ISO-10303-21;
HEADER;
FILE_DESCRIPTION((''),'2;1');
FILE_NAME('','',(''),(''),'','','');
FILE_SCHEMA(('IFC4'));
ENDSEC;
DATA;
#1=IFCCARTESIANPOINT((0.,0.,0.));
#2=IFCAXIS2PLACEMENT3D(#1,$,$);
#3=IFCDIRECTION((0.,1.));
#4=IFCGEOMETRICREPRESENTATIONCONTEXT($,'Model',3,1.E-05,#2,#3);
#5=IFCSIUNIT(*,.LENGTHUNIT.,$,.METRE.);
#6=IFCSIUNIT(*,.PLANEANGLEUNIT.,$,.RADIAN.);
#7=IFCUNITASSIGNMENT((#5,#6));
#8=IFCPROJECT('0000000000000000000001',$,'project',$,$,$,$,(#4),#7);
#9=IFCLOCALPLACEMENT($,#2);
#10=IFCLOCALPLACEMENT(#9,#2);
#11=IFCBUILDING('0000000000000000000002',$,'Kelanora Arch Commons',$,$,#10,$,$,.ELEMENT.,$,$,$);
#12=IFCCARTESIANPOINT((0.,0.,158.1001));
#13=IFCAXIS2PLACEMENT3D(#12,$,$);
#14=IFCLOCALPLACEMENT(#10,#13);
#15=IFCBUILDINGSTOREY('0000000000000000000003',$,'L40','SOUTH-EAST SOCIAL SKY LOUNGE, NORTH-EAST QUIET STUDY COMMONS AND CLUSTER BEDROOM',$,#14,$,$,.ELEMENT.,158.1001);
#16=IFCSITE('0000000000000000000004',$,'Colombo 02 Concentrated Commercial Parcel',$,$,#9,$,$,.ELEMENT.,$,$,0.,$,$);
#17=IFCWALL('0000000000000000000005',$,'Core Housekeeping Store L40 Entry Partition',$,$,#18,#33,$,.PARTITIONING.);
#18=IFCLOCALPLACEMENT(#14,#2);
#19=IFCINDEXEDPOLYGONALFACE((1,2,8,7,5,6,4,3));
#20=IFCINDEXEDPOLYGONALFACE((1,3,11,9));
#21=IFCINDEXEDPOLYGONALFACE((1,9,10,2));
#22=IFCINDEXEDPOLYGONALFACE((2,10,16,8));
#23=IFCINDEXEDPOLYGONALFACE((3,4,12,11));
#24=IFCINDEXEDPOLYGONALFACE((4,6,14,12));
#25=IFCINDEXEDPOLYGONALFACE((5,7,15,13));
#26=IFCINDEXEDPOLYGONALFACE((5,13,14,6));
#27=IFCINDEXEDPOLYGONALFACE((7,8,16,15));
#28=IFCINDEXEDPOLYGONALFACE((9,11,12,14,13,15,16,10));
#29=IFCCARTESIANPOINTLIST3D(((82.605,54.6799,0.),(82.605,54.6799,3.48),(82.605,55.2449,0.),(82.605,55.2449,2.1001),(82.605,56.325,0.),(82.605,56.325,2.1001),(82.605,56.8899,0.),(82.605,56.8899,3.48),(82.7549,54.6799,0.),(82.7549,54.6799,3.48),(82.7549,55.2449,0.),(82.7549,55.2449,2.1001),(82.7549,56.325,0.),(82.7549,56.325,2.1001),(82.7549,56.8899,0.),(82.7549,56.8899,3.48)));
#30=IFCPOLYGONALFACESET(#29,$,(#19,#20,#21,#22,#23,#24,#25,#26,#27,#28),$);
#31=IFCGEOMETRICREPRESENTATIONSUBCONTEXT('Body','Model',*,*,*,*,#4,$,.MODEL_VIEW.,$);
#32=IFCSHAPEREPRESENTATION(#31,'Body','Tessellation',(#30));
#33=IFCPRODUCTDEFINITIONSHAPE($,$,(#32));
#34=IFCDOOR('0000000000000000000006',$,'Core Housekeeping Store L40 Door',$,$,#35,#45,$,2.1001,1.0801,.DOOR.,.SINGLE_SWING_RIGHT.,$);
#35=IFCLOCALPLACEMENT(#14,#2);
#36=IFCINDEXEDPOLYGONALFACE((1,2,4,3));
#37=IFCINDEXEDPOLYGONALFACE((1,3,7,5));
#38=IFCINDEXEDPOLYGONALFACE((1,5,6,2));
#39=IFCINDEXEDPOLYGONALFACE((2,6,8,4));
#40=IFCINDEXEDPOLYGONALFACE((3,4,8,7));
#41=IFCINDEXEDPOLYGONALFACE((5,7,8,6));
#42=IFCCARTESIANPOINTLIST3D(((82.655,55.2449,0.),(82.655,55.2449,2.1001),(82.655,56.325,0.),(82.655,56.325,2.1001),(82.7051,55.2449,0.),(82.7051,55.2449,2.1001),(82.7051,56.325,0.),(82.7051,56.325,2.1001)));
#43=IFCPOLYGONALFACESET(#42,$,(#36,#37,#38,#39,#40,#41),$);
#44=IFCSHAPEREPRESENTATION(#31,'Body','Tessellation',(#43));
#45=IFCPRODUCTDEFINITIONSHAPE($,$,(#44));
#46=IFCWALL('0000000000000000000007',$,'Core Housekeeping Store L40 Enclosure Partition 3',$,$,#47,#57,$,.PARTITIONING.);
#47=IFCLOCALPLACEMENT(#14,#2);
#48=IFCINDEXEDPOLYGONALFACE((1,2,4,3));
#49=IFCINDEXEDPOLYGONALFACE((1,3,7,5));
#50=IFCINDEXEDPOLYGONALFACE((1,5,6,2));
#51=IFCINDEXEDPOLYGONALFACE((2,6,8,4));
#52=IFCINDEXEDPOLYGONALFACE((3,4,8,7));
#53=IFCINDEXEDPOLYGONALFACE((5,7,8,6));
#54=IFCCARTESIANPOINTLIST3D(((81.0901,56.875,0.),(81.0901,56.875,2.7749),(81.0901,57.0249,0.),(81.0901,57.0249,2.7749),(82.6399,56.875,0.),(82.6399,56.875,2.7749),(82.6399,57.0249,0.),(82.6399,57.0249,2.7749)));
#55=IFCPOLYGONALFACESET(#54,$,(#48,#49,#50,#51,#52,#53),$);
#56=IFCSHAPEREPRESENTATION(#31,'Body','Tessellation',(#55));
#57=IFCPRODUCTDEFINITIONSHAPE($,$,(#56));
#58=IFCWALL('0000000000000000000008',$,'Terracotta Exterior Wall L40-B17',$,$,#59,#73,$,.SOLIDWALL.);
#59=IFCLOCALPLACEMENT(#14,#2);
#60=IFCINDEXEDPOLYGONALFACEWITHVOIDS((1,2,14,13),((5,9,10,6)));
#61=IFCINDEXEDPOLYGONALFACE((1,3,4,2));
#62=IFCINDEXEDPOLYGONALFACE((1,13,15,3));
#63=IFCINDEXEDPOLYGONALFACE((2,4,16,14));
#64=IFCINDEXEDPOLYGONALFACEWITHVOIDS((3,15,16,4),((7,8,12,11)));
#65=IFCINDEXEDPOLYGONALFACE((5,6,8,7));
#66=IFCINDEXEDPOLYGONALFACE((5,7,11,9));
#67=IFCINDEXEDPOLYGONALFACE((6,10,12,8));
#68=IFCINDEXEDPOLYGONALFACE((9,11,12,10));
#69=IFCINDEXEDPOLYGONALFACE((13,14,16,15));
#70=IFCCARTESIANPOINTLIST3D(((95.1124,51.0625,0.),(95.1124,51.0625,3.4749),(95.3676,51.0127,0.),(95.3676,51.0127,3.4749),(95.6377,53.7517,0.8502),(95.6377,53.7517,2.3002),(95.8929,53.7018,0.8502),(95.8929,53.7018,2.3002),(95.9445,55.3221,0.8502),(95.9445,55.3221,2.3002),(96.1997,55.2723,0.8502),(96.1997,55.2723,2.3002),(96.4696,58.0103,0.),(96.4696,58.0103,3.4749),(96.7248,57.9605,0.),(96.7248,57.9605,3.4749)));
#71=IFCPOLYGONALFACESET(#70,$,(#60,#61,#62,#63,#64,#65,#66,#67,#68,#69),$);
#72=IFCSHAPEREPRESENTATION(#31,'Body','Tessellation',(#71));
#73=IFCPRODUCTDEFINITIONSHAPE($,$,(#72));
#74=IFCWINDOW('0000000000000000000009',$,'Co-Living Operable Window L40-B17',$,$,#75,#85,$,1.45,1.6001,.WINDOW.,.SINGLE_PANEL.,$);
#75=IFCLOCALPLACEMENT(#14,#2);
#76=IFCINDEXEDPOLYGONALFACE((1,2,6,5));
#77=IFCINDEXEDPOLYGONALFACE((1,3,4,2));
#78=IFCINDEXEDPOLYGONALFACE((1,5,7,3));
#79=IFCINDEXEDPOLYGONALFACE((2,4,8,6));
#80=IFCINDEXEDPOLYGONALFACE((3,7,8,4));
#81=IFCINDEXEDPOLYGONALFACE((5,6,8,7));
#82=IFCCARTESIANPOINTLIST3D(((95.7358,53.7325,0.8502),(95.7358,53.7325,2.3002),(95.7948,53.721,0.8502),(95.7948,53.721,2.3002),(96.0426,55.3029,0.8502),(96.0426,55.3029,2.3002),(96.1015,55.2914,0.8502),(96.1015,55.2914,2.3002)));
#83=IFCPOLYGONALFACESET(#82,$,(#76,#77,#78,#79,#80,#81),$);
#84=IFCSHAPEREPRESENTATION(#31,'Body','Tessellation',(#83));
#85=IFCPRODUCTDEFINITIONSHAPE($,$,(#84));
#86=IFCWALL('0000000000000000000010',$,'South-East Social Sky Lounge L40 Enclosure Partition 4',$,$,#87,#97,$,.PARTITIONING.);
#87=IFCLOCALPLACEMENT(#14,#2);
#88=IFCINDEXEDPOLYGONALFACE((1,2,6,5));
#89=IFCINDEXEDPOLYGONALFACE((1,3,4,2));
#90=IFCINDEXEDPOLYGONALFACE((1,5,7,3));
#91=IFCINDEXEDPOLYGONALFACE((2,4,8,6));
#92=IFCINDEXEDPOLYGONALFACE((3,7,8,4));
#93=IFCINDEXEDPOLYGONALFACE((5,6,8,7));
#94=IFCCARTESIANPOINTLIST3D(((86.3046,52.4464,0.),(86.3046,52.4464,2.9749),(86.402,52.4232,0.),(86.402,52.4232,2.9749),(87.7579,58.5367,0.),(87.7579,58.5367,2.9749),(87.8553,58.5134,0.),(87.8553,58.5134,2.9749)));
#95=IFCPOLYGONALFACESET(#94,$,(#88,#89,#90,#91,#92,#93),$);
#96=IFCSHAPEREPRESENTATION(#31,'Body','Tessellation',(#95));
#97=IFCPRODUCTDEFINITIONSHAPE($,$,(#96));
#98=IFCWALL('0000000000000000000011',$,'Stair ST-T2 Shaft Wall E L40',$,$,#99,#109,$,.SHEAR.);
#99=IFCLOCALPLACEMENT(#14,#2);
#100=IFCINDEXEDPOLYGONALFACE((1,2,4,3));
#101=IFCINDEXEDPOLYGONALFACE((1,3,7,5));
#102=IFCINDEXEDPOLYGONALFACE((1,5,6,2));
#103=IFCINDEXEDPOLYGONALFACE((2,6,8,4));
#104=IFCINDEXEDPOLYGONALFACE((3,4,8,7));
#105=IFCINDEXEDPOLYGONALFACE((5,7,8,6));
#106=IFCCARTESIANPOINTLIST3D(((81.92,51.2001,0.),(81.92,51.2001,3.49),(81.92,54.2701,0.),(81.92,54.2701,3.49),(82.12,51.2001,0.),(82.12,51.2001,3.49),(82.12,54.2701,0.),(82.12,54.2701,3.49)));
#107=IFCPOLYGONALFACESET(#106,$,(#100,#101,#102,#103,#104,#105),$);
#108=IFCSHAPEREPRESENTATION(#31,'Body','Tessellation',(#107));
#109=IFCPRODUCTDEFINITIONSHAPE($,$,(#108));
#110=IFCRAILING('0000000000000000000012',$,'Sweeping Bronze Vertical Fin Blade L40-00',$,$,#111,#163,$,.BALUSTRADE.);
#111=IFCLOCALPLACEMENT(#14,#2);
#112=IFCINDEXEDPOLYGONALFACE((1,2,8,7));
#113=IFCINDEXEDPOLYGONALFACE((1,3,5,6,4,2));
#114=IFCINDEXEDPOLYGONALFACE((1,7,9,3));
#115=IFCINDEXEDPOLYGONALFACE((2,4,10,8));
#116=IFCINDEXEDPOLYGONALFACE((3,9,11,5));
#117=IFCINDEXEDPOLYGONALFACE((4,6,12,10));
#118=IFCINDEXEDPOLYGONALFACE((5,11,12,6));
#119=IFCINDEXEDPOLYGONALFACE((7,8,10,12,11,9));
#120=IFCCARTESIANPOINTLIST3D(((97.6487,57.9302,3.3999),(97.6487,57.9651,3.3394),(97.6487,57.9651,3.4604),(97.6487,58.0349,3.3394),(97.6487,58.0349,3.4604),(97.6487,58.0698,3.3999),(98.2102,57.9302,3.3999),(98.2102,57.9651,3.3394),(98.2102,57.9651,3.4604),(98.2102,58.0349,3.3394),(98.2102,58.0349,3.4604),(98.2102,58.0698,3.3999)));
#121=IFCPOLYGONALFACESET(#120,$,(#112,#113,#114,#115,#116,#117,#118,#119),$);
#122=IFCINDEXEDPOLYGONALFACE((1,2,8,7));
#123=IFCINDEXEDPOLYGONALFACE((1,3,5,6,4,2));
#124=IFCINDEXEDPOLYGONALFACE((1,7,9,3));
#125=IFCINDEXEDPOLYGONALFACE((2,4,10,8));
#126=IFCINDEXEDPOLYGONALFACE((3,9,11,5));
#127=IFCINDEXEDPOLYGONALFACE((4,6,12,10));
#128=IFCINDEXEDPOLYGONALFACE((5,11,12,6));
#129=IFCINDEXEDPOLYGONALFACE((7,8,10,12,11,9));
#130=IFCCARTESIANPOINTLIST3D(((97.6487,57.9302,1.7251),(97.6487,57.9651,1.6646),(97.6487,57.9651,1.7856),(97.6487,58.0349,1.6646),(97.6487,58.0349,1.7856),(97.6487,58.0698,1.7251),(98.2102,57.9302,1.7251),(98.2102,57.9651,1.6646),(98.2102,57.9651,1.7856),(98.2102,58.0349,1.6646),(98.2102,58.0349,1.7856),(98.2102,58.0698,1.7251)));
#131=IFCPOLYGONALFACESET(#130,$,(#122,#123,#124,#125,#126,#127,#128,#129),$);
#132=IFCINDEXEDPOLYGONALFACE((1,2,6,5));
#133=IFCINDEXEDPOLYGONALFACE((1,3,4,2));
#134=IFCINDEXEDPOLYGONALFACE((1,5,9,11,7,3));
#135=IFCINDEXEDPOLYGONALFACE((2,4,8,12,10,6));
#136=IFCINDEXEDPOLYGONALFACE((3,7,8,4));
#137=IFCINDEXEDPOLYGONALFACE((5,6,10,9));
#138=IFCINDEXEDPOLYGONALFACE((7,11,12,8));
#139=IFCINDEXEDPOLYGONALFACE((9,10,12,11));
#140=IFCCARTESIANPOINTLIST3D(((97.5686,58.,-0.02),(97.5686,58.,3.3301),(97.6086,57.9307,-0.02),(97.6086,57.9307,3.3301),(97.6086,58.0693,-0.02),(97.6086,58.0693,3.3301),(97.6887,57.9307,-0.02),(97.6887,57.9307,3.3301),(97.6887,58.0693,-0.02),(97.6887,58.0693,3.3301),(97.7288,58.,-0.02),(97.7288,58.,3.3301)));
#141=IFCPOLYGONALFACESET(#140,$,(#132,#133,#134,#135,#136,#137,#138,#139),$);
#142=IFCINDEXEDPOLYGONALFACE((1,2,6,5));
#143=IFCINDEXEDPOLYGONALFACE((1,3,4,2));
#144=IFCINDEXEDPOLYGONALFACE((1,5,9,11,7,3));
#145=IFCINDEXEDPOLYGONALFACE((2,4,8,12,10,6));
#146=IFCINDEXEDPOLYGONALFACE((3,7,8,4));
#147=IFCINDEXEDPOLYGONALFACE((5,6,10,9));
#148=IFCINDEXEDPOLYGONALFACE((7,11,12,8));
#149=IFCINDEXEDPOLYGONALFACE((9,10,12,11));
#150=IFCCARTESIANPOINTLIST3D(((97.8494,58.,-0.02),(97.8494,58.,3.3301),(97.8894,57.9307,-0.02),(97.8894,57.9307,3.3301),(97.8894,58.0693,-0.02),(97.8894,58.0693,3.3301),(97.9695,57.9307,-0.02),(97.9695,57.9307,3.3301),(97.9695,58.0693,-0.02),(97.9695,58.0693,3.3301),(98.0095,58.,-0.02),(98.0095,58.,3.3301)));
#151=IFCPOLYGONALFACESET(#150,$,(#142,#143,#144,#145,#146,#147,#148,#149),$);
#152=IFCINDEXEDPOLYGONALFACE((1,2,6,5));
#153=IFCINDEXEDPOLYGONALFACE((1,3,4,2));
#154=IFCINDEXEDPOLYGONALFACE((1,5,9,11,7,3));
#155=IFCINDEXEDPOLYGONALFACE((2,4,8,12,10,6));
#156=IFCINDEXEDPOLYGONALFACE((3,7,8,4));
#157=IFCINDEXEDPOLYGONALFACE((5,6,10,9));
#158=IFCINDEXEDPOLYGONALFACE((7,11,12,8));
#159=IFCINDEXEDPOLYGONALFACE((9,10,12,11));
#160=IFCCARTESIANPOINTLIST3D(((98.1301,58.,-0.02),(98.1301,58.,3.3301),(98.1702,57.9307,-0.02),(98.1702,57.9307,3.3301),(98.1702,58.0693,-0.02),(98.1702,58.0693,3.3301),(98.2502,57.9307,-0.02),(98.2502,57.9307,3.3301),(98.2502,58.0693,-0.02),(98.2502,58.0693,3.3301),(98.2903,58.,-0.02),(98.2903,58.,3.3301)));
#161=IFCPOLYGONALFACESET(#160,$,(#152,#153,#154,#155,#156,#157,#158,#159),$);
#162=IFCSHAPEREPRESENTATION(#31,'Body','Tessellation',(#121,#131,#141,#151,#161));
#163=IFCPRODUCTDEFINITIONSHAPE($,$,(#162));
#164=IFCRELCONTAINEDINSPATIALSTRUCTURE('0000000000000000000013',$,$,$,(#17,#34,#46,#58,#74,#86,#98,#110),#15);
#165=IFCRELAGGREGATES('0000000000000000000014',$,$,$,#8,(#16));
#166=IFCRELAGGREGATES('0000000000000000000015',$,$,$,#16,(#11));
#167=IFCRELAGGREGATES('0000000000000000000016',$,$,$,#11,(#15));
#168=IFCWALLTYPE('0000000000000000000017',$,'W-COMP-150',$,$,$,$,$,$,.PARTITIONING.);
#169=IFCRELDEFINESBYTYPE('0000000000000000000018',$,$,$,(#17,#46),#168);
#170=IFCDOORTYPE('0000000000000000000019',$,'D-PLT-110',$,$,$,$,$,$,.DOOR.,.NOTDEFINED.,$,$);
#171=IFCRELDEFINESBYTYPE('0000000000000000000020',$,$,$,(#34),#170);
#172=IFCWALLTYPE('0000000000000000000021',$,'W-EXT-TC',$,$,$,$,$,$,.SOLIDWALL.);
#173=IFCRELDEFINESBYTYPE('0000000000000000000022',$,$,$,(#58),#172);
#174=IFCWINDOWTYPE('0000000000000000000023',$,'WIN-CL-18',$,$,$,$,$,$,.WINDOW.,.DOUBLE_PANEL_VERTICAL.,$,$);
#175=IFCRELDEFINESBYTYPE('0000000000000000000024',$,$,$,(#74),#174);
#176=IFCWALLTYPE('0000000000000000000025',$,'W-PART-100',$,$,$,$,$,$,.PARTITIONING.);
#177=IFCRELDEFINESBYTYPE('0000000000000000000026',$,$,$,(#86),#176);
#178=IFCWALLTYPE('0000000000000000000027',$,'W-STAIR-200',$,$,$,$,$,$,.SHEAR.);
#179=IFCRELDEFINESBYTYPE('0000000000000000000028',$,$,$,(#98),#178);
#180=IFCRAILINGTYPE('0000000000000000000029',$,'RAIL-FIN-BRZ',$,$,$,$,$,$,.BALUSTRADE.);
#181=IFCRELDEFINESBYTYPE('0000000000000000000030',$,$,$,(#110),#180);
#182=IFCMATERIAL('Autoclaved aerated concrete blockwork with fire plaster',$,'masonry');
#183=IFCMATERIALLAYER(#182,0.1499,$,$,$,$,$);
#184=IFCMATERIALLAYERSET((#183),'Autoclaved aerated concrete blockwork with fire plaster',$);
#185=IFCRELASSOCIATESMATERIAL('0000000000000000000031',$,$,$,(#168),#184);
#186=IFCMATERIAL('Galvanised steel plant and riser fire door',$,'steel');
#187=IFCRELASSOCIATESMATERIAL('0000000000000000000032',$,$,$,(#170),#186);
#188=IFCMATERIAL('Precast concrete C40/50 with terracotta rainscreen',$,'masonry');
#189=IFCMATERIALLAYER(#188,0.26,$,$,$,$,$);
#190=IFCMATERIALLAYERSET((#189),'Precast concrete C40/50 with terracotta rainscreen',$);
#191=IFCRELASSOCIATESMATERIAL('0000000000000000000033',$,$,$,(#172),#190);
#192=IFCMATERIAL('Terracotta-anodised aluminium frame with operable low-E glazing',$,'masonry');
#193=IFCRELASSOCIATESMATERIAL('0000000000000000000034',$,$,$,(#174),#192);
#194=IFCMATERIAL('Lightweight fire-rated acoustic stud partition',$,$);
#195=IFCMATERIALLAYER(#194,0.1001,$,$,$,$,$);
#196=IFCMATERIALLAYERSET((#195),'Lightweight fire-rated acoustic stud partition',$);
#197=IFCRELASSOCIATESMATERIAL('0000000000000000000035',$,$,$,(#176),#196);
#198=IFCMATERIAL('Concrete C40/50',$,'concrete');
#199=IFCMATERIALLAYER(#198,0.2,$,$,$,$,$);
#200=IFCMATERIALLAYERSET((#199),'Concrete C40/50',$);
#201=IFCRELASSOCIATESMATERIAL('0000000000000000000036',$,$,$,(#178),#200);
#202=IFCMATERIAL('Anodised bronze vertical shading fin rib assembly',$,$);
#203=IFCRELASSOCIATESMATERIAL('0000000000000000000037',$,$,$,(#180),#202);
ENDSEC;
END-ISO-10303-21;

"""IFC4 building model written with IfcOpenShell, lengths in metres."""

from ifc_helpers import new_model, si_unit, direction, frame, frame_2d, origin, place, context, subcontext, project, spatial, polyline, rectangle, outline, extrude, material, layer, layer_set, type_object, element, fill, save


model = new_model("IFC4")

# Units and contexts
model_context = context("Model", 3, precision=1e-05, world=origin(), true_north=direction((0.0, 1.0)))
body_context = subcontext(model_context, "Body", "Model", "MODEL_VIEW")
ifc_project = project(units=[si_unit("LENGTHUNIT", "METRE"), si_unit("PLANEANGLEUNIT", "RADIAN")], contexts=[model_context])

# Site, building, storey
site_placement = place(None, origin())
site = spatial("IfcSite", under=ifc_project, at=site_placement, Name="Colombo 02 Concentrated Commercial Parcel", CompositionType="ELEMENT", RefElevation=0.0)
building_placement = place(site_placement, origin())
building = spatial("IfcBuilding", under=site, at=building_placement, Name="Kelanora Arch Commons", CompositionType="ELEMENT")
storey_placement = place(building_placement, frame((0.0, 0.0, 158.1001)))
storey = spatial("IfcBuildingStorey", under=building, at=storey_placement, Name="L40", Description="SOUTH-EAST SOCIAL SKY LOUNGE, NORTH-EAST QUIET STUDY COMMONS AND CLUSTER BEDROOM", CompositionType="ELEMENT", Elevation=158.1001)

# Wall, opening, door
ifc_material_1 = material(Name="Autoclaved aerated concrete blockwork with fire plaster", Category="masonry")
ifc_layer_1 = layer(ifc_material_1, 0.1499)
ifc_layer_set_1 = layer_set([ifc_layer_1], Name="Autoclaved aerated concrete blockwork with fire plaster")
wall_type_1 = type_object("IfcWallType", Name="W-COMP-150", PredefinedType="PARTITIONING", material=ifc_layer_set_1)
wall_1_placement = place(storey_placement, frame((82.6799, 54.6799, 0.0), z_axis=(0.0, 0.0, 1.0), x_axis=(0.0, 1.0, 0.0)))
wall_1 = element("IfcWall", 1, at=wall_1_placement, inside=storey, type_object=wall_type_1, Name="Core Housekeeping Store L40 Entry Partition", PredefinedType="PARTITIONING", context=body_context, shape_type="SweptSolid", body=[
    extrude(rectangle(XDim=2.21, YDim=0.1499, at=frame_2d((1.105, 0.0))), origin(), (0.0, 0.0, 1.0), 3.48),
])
opening_1_placement = place(wall_1_placement, frame((0.5649, 0.0, 0.0)))
opening_1 = element("IfcOpeningElement", 2, at=opening_1_placement, cuts=wall_1, PredefinedType="OPENING", context=body_context, shape_type="SweptSolid", body=[
    extrude(rectangle(XDim=1.0801, YDim=2.1001, at=frame_2d((0.54, 1.05))), frame((0.0, 0.085, 0.0), z_axis=(0.0, -1.0, 0.0), x_axis=(1.0, 0.0, 0.0)), (0.0, 0.0, 1.0), 0.1699),
])
ifc_material_2 = material(Name="Galvanised steel plant and riser fire door", Category="steel")
door_type = type_object("IfcDoorType", Name="D-PLT-110", OperationType="NOTDEFINED", PredefinedType="DOOR", material=ifc_material_2)
door_placement = place(opening_1_placement, origin())
door = element("IfcDoor", 3, at=door_placement, inside=storey, type_object=door_type, Name="Core Housekeeping Store L40 Door", OperationType="SINGLE_SWING_RIGHT", OverallHeight=2.1001, OverallWidth=1.0801, PredefinedType="DOOR", context=body_context, shape_type="SweptSolid", body=[
    extrude(rectangle(XDim=1.0801, YDim=2.1001, at=frame_2d((0.54, 1.05))), frame((0.0, 0.0249, 0.0), z_axis=(0.0, -1.0, 0.0), x_axis=(1.0, 0.0, 0.0)), (0.0, 0.0, 1.0), 0.05),
])
fill(opening_1, door)

# Wall
wall_2_placement = place(storey_placement, frame((82.6399, 56.95, 0.0), z_axis=(0.0, 0.0, 1.0), x_axis=(-1.0, 0.0, 0.0)))
element("IfcWall", 4, at=wall_2_placement, inside=storey, type_object=wall_type_1, Name="Core Housekeeping Store L40 Enclosure Partition 3", PredefinedType="PARTITIONING", context=body_context, shape_type="SweptSolid", body=[
    extrude(rectangle(XDim=1.5498, YDim=0.1499, at=frame_2d((0.7749, 0.0))), origin(), (0.0, 0.0, 1.0), 2.7749),
])

# Wall, opening, window
ifc_material_3 = material(Name="Precast concrete C40/50 with terracotta rainscreen", Category="masonry")
ifc_layer_2 = layer(ifc_material_3, 0.26)
ifc_layer_set_2 = layer_set([ifc_layer_2], Name="Precast concrete C40/50 with terracotta rainscreen")
wall_type_2 = type_object("IfcWallType", Name="W-EXT-TC", PredefinedType="SOLIDWALL", material=ifc_layer_set_2)
wall_3_placement = place(storey_placement, frame((95.24, 51.0376, 0.0), z_axis=(0.0, 0.0, 1.0), x_axis=(0.191717, 0.98145, 0.0)))
wall_3 = element("IfcWall", 5, at=wall_3_placement, inside=storey, type_object=wall_type_2, Name="Terracotta Exterior Wall L40-B17", PredefinedType="SOLIDWALL", context=body_context, shape_type="SweptSolid", body=[
    extrude(rectangle(XDim=7.0791, YDim=0.26, at=frame_2d((3.5396, 0.0))), origin(), (0.0, 0.0, 1.0), 3.4749),
])
opening_2_placement = place(wall_3_placement, frame((2.74, 0.0, 0.8501)))
opening_2 = element("IfcOpeningElement", 6, at=opening_2_placement, cuts=wall_3, PredefinedType="OPENING", context=body_context, shape_type="SweptSolid", body=[
    extrude(rectangle(XDim=1.6001, YDim=1.45, at=frame_2d((0.8, 0.7251))), frame((0.0, 0.1401, 0.0), z_axis=(0.0, -1.0, 0.0), x_axis=(1.0, 0.0, 0.0)), (0.0, 0.0, 1.0), 0.28),
])
ifc_material_4 = material(Name="Terracotta-anodised aluminium frame with operable low-E glazing", Category="masonry")
window_type = type_object("IfcWindowType", Name="WIN-CL-18", PartitioningType="DOUBLE_PANEL_VERTICAL", PredefinedType="WINDOW", material=ifc_material_4)
window_placement = place(opening_2_placement, origin())
window = element("IfcWindow", 7, at=window_placement, inside=storey, type_object=window_type, Name="Co-Living Operable Window L40-B17", OverallHeight=1.45, OverallWidth=1.6001, PartitioningType="SINGLE_PANEL", PredefinedType="WINDOW", context=body_context, shape_type="SweptSolid", body=[
    extrude(rectangle(XDim=1.6001, YDim=1.45, at=frame_2d((0.8, 0.7251))), frame((0.0, 0.03, 0.0), z_axis=(0.0, -1.0, 0.0), x_axis=(1.0, 0.0, 0.0)), (0.0, 0.0, 1.0), 0.0601),
])
fill(opening_2, window)

# Walls
ifc_material_5 = material(Name="Lightweight fire-rated acoustic stud partition")
ifc_layer_3 = layer(ifc_material_5, 0.1001)
ifc_layer_set_3 = layer_set([ifc_layer_3], Name="Lightweight fire-rated acoustic stud partition")
wall_type_3 = type_object("IfcWallType", Name="W-PART-100", PredefinedType="PARTITIONING", material=ifc_layer_set_3)
wall_4_placement = place(storey_placement, frame((86.3533, 52.4348, 0.0), z_axis=(0.0, 0.0, 1.0), x_axis=(0.232118, 0.972688, 0.0)))
element("IfcWall", 8, at=wall_4_placement, inside=storey, type_object=wall_type_3, Name="South-East Social Sky Lounge L40 Enclosure Partition 4", PredefinedType="PARTITIONING", context=body_context, shape_type="SweptSolid", body=[
    extrude(rectangle(XDim=6.2612, YDim=0.1001, at=frame_2d((3.1306, 0.0))), origin(), (0.0, 0.0, 1.0), 2.9749),
])
ifc_material_6 = material(Name="Concrete C40/50", Category="concrete")
ifc_layer_4 = layer(ifc_material_6, 0.2)
ifc_layer_set_4 = layer_set([ifc_layer_4], Name="Concrete C40/50")
wall_type_4 = type_object("IfcWallType", Name="W-STAIR-200", PredefinedType="SHEAR", material=ifc_layer_set_4)
wall_5_placement = place(storey_placement, frame((82.02, 51.2, 0.0), z_axis=(0.0, 0.0, 1.0), x_axis=(0.0, 1.0, 0.0)))
element("IfcWall", 9, at=wall_5_placement, inside=storey, type_object=wall_type_4, Name="Stair ST-T2 Shaft Wall E L40", PredefinedType="SHEAR", context=body_context, shape_type="SweptSolid", body=[
    extrude(rectangle(XDim=3.0701, YDim=0.2, at=frame_2d((1.5352, 0.0))), origin(), (0.0, 0.0, 1.0), 3.49),
])

# Railing
ifc_material_7 = material(Name="Anodised bronze vertical shading fin rib assembly")
railing_type = type_object("IfcRailingType", Name="RAIL-FIN-BRZ", PredefinedType="BALUSTRADE", material=ifc_material_7)
railing_1_placement = place(storey_placement, frame((97.6487, 58.0, -0.02)))
element("IfcRailing", 10, at=railing_1_placement, inside=storey, type_object=railing_type, Name="Sweeping Bronze Vertical Fin Blade L40-00", PredefinedType="BALUSTRADE", context=body_context, shape_type="SweptSolid", body=[
    extrude(outline(polyline([(0.0698, 0.0), (0.0349, 0.0605), (-0.0349, 0.0605), (-0.0698, 0.0), (-0.0349, -0.0605), (0.0349, -0.0605), (0.0698, 0.0)])), frame((0.0, 0.0, 3.4199), z_axis=(1.0, 0.0, 0.0), x_axis=(0.0, 1.0, 0.0)), (0.0, 0.0, 1.0), 0.5615),
    extrude(outline(polyline([(0.0698, 0.0), (0.0349, 0.0605), (-0.0349, 0.0605), (-0.0698, 0.0), (-0.0349, -0.0605), (0.0349, -0.0605), (0.0698, 0.0)])), frame((0.0, 0.0, 1.7451), z_axis=(1.0, 0.0, 0.0), x_axis=(0.0, 1.0, 0.0)), (0.0, 0.0, 1.0), 0.5615),
    extrude(outline(polyline([(0.0801, 0.0), (0.04, 0.0693), (-0.04, 0.0693), (-0.0801, 0.0), (-0.04, -0.0693), (0.04, -0.0693), (0.0801, 0.0)])), origin(), (0.0, 0.0, 1.0), 3.3501),
    extrude(outline(polyline([(0.0801, 0.0), (0.04, 0.0693), (-0.04, 0.0693), (-0.0801, 0.0), (-0.04, -0.0693), (0.04, -0.0693), (0.0801, 0.0)])), frame((0.2808, 0.0, 0.0)), (0.0, 0.0, 1.0), 3.3501),
    extrude(outline(polyline([(0.0801, 0.0), (0.04, 0.0693), (-0.04, 0.0693), (-0.0801, 0.0), (-0.04, -0.0693), (0.04, -0.0693), (0.0801, 0.0)])), frame((0.5615, 0.0, 0.0)), (0.0, 0.0, 1.0), 3.3501),
])

save(model, "model.ifc")
